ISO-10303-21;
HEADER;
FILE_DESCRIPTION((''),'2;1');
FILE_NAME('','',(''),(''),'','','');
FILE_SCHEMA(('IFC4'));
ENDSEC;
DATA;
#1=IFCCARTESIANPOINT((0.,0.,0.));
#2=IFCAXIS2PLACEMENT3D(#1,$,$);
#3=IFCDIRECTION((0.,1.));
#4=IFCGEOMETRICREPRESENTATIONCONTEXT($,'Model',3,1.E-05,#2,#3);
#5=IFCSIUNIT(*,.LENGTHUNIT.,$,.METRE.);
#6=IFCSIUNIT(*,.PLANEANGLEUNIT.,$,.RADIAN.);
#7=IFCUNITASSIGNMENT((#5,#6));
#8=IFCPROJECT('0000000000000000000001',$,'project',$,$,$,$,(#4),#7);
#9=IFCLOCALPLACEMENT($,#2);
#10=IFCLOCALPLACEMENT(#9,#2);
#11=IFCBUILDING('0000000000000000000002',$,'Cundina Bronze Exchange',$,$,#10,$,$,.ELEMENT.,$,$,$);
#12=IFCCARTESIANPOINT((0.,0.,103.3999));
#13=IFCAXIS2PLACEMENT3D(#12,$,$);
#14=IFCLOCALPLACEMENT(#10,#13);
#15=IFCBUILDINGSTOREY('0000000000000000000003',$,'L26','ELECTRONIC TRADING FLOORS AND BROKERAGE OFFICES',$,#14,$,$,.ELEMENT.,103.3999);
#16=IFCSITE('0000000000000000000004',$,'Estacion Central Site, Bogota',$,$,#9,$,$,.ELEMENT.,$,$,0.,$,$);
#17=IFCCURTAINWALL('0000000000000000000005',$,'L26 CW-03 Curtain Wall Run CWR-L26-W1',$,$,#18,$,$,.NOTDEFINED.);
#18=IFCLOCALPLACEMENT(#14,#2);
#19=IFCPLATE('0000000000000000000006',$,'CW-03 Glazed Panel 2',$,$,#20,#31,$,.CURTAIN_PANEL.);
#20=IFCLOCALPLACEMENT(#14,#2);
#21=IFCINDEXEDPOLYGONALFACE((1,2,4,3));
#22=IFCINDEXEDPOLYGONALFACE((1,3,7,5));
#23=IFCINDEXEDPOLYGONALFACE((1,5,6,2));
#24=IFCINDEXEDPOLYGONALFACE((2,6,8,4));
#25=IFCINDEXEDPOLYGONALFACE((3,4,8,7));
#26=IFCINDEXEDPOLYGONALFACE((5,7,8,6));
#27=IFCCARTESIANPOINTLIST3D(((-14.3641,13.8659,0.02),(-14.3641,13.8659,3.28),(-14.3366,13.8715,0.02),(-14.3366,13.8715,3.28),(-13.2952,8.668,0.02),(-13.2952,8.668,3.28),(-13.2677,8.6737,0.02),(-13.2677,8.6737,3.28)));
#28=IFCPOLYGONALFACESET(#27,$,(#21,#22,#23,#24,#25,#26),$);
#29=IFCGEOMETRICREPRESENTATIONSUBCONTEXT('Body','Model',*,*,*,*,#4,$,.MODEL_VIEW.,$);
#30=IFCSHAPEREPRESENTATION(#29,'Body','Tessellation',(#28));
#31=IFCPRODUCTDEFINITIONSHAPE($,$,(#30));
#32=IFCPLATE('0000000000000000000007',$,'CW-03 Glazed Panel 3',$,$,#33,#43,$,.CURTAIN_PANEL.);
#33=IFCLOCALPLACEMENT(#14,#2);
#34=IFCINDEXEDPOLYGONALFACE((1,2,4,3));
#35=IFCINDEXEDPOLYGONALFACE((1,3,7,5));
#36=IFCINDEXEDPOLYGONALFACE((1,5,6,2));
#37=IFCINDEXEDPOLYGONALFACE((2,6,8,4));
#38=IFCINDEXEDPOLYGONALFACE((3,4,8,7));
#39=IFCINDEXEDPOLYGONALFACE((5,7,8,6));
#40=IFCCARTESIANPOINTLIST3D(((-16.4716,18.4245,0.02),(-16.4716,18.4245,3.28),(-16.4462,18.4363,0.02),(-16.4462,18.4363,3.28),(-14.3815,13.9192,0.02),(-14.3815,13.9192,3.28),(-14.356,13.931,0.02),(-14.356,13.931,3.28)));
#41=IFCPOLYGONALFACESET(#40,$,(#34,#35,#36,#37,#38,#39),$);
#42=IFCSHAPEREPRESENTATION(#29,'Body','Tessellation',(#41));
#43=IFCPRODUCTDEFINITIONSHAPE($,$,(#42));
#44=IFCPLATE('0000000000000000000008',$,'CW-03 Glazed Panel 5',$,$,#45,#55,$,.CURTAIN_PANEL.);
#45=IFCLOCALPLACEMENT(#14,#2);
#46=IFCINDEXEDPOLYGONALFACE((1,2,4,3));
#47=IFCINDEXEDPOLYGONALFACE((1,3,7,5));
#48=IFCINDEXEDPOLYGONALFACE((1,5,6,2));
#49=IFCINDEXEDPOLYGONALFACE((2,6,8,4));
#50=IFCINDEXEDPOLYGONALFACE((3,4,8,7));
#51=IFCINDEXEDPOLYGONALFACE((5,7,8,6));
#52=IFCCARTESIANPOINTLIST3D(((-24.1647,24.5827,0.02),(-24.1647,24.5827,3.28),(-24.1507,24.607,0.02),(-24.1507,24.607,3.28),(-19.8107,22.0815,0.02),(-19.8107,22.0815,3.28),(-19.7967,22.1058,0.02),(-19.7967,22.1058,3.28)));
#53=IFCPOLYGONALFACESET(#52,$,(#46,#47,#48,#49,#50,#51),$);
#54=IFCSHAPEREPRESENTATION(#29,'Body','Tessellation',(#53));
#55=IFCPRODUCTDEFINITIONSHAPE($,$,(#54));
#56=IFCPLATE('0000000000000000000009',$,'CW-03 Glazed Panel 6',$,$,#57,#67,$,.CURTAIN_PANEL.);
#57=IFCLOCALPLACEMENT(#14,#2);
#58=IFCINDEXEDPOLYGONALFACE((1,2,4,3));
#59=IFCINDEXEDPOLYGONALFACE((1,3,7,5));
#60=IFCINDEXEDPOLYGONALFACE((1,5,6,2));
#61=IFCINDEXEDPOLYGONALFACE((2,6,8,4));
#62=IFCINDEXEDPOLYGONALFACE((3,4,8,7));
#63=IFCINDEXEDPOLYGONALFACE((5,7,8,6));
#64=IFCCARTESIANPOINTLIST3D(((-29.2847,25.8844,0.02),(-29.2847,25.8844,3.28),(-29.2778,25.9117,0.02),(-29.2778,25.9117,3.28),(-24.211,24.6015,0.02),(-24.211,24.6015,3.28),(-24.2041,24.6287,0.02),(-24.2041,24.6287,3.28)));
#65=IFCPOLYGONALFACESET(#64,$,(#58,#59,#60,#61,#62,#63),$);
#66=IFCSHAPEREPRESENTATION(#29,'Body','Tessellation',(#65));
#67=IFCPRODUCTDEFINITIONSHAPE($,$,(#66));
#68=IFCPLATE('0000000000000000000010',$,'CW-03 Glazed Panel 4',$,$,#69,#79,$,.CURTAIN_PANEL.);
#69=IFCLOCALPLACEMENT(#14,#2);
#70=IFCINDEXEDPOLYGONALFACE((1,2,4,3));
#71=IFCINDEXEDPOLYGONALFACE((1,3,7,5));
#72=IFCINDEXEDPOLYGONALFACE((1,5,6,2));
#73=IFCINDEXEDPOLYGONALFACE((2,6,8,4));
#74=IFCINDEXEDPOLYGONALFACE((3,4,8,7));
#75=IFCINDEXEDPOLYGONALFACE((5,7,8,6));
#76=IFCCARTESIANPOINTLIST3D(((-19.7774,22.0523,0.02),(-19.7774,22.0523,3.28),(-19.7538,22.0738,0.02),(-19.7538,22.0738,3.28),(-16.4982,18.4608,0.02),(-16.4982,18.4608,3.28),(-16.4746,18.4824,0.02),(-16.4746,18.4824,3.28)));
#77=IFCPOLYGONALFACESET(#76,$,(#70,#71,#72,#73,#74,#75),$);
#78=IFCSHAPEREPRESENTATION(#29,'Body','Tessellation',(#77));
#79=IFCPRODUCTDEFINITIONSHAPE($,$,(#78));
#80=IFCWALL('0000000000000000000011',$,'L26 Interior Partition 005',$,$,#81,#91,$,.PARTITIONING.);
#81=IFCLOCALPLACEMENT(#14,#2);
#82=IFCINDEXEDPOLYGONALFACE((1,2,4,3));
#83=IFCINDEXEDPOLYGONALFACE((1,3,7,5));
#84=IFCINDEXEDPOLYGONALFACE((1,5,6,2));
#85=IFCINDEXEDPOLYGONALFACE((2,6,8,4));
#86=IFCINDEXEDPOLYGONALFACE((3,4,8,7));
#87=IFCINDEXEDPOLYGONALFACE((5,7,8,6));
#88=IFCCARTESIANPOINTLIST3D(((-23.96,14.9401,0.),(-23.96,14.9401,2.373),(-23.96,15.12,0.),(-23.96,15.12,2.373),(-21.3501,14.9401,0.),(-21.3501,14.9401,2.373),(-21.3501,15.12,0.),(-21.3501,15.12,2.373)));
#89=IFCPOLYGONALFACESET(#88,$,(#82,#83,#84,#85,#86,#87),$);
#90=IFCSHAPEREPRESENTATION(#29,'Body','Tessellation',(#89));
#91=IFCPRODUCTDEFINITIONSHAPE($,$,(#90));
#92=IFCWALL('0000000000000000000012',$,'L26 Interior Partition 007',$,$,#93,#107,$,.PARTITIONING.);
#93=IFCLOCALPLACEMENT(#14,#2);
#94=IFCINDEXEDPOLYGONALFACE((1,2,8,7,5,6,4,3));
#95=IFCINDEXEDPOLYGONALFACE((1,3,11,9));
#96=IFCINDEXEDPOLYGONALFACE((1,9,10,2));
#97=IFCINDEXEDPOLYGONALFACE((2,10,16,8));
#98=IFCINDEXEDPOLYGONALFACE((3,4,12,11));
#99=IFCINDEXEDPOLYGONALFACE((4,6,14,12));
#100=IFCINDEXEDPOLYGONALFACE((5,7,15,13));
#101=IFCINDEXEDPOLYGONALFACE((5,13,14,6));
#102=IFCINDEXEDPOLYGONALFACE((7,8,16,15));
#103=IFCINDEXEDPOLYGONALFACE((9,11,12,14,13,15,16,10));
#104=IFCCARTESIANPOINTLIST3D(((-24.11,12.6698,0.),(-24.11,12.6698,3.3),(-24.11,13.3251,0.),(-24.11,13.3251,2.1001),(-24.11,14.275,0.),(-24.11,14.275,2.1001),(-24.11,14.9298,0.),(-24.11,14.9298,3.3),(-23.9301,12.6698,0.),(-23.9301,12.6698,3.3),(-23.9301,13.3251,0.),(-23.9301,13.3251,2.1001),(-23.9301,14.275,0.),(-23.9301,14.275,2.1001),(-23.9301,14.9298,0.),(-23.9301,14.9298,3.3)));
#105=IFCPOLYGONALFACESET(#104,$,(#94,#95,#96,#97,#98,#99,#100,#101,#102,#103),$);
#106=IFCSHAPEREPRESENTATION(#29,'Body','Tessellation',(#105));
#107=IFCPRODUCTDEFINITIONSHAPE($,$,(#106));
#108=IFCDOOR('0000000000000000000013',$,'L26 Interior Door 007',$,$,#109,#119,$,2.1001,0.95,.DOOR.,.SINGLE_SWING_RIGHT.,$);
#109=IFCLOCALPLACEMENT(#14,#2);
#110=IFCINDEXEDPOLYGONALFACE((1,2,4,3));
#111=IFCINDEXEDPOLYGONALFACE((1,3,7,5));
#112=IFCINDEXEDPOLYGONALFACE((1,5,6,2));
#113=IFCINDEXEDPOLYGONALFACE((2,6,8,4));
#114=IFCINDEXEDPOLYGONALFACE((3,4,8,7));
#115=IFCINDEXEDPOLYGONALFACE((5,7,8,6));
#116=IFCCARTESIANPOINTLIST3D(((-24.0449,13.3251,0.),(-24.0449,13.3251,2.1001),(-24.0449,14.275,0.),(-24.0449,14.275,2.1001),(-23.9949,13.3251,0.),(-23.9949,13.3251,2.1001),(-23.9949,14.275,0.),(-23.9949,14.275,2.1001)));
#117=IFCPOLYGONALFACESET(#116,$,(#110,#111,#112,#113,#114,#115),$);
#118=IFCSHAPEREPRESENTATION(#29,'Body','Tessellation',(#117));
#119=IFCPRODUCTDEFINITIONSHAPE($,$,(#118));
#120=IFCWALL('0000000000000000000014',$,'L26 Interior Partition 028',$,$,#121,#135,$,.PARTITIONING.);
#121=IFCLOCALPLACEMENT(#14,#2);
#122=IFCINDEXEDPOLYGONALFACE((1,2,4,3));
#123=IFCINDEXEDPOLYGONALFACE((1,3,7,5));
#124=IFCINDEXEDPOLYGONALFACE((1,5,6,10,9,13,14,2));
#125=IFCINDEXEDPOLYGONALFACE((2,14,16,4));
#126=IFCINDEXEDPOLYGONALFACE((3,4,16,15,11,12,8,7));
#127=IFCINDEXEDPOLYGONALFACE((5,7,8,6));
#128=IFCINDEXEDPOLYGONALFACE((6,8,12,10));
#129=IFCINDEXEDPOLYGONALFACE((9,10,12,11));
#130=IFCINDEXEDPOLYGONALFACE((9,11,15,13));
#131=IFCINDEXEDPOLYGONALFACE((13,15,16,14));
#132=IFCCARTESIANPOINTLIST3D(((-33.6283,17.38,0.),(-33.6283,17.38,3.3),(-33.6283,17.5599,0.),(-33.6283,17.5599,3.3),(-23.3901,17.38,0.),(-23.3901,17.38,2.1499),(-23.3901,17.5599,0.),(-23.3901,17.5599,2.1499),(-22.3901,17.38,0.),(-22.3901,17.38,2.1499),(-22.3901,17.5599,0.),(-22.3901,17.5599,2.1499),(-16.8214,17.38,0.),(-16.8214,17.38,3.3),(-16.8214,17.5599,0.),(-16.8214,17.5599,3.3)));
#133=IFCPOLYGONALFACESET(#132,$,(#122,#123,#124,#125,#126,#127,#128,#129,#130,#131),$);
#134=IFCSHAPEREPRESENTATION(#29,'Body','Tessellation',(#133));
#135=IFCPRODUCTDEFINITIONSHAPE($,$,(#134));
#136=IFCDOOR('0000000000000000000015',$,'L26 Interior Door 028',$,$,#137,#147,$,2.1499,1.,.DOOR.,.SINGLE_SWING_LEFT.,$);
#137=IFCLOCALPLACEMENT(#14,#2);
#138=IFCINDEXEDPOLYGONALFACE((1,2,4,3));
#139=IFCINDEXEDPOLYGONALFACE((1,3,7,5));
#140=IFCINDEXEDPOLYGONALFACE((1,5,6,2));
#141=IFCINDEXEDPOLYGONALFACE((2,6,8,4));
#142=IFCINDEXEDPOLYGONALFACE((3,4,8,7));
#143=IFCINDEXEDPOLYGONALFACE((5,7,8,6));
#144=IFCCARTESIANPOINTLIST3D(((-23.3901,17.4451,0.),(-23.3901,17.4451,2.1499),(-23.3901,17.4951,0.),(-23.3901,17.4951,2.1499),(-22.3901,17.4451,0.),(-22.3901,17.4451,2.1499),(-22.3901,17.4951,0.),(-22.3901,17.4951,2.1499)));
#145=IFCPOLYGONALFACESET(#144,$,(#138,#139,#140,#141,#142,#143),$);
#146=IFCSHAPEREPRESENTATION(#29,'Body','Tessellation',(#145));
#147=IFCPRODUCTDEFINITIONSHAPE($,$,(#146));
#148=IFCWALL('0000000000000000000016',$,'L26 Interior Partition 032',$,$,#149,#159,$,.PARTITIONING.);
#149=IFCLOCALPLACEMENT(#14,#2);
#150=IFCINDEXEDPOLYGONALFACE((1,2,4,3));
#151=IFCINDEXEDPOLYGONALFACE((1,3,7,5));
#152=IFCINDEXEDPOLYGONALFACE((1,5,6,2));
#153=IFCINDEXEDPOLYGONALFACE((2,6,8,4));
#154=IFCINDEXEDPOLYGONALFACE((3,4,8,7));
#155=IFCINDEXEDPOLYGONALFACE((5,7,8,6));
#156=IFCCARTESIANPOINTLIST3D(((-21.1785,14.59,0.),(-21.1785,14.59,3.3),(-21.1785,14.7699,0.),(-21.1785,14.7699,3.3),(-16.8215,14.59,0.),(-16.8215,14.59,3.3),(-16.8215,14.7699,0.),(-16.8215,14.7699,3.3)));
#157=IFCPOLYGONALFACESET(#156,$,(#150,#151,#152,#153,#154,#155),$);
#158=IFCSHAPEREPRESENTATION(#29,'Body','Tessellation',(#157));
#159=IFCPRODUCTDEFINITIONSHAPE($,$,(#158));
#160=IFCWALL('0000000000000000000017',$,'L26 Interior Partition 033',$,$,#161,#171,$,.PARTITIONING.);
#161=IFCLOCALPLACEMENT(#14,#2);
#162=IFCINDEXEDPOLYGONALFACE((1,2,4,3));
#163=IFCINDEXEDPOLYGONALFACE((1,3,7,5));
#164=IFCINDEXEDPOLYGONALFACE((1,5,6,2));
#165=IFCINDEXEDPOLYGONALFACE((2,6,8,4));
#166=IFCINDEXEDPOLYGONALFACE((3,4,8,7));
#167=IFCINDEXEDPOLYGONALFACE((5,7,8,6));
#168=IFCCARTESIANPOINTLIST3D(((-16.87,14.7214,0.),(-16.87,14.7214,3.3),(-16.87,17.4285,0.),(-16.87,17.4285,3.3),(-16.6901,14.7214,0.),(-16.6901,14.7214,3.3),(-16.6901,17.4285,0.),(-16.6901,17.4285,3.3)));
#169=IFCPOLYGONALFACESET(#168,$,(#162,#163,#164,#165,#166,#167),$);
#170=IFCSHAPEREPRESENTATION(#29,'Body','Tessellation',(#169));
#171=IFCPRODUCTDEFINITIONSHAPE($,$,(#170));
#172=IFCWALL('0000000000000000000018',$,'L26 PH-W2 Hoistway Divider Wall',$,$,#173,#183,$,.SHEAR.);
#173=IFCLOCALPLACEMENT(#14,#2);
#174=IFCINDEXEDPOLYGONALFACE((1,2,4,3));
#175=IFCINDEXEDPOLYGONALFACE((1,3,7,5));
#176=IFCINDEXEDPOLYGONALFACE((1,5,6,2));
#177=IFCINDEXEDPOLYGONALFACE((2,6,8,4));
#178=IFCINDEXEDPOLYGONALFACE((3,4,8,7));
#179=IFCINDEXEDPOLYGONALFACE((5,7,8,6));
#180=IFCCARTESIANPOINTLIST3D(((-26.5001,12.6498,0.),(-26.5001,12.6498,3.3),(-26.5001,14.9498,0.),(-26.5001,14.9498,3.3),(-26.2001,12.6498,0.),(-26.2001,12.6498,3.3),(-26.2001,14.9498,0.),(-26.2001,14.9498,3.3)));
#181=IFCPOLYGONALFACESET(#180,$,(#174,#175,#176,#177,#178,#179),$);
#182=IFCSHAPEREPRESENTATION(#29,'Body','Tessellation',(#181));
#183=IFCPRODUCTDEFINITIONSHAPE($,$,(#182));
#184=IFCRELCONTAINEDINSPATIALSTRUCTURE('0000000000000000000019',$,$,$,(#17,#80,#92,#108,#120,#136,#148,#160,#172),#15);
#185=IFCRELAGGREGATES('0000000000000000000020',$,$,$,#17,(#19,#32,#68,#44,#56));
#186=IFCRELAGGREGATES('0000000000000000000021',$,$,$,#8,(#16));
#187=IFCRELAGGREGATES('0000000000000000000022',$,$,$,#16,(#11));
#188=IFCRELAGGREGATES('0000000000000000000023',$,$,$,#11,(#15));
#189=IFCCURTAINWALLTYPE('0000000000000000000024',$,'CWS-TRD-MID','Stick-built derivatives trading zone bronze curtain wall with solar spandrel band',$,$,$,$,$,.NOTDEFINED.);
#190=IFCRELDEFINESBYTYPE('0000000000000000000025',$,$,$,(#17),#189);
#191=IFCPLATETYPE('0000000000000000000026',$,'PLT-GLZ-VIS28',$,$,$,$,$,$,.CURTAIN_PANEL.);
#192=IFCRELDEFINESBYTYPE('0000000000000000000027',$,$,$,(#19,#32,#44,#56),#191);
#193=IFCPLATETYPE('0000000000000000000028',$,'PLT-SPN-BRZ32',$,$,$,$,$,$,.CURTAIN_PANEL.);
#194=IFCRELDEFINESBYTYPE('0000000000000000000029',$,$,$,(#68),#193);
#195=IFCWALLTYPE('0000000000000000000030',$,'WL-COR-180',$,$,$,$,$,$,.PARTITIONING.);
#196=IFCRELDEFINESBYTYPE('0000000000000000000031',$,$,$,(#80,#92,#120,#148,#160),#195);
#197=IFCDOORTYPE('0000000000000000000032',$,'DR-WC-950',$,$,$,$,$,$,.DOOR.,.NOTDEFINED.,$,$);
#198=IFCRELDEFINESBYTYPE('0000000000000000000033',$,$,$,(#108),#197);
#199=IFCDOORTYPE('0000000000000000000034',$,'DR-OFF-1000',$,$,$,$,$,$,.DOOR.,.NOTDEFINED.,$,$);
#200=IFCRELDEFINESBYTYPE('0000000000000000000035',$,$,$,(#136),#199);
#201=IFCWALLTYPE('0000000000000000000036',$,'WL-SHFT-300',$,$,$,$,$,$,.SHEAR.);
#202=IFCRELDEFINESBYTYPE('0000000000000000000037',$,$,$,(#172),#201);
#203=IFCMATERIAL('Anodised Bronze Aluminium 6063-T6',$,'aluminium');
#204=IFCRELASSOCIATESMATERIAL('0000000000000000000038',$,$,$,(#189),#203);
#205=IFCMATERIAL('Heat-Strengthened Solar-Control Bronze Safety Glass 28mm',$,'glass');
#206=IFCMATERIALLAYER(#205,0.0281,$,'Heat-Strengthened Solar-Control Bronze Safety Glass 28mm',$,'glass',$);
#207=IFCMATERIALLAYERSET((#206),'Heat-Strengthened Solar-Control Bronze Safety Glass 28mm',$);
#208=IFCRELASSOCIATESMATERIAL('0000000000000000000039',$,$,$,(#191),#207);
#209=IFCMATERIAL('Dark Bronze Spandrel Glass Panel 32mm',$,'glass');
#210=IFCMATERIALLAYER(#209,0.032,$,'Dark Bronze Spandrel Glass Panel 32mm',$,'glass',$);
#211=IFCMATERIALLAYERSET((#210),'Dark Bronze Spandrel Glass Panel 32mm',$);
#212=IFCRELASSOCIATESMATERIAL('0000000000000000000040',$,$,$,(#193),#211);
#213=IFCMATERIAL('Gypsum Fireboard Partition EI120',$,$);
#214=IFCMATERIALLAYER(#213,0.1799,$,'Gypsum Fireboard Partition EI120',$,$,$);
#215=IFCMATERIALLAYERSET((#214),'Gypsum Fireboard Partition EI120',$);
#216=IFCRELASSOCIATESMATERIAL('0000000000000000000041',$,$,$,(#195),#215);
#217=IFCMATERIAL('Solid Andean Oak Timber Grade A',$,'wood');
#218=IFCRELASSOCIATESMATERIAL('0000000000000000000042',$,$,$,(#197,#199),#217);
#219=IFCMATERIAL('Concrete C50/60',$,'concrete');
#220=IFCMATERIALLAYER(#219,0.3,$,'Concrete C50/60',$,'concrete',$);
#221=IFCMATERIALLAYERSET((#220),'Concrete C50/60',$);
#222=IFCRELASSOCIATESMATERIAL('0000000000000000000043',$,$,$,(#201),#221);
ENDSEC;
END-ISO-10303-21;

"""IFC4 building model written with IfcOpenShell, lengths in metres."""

from ifc_helpers import new_model, si_unit, direction, frame, frame_2d, origin, origin_2d, place, context, subcontext, project, spatial, rectangle, extrude, material, layer, layer_set, type_object, element, fill, aggregate, save


model = new_model("IFC4")

# Units and contexts
model_context = context("Model", 3, precision=1e-05, world=origin(), true_north=direction((0.0, 1.0)))
body_context = subcontext(model_context, "Body", "Model", "MODEL_VIEW")
ifc_project = project(units=[si_unit("LENGTHUNIT", "METRE"), si_unit("PLANEANGLEUNIT", "RADIAN")], contexts=[model_context])

# Site, building, storey
site_placement = place(None, origin())
site = spatial("IfcSite", under=ifc_project, at=site_placement, Name="Estacion Central Site, Bogota", CompositionType="ELEMENT", RefElevation=0.0)
building_placement = place(site_placement, origin())
building = spatial("IfcBuilding", under=site, at=building_placement, Name="Cundina Bronze Exchange", CompositionType="ELEMENT")
storey_placement = place(building_placement, frame((0.0, 0.0, 103.3999)))
storey = spatial("IfcBuildingStorey", under=building, at=storey_placement, Name="L26", Description="ELECTRONIC TRADING FLOORS AND BROKERAGE OFFICES", CompositionType="ELEMENT", Elevation=103.3999)

# Curtain wall, plates
ifc_material_1 = material(Name="Anodised Bronze Aluminium 6063-T6", Category="aluminium")
curtain_wall_type = type_object("IfcCurtainWallType", Name="CWS-TRD-MID", Description="Stick-built derivatives trading zone bronze curtain wall with solar spandrel band", PredefinedType="NOTDEFINED", material=ifc_material_1)
curtain_wall_placement = place(storey_placement, origin())
curtain_wall = element("IfcCurtainWall", 1, at=curtain_wall_placement, inside=storey, type_object=curtain_wall_type, Name="L26 CW-03 Curtain Wall Run CWR-L26-W1", PredefinedType="NOTDEFINED")
ifc_material_2 = material(Name="Heat-Strengthened Solar-Control Bronze Safety Glass 28mm", Category="glass")
ifc_layer_1 = layer(ifc_material_2, 0.0281, Name="Heat-Strengthened Solar-Control Bronze Safety Glass 28mm", Category="glass")
ifc_layer_set_1 = layer_set([ifc_layer_1], Name="Heat-Strengthened Solar-Control Bronze Safety Glass 28mm")
plate_type_1 = type_object("IfcPlateType", Name="PLT-GLZ-VIS28", PredefinedType="CURTAIN_PANEL", material=ifc_layer_set_1)
plate_1_placement = place(storey_placement, frame((-13.8159, 11.2698, 0.02), z_axis=(0.0, 0.0, 1.0), x_axis=(-0.20142, 0.979505, 0.0)))
plate_1 = element("IfcPlate", 2, at=plate_1_placement, type_object=plate_type_1, Name="CW-03 Glazed Panel 2", PredefinedType="CURTAIN_PANEL", context=body_context, shape_type="SweptSolid", body=[
    extrude(rectangle(XDim=5.3066, YDim=0.0281, at=origin_2d()), origin(), (0.0, 0.0, 1.0), 3.26),
])
plate_2_placement = place(storey_placement, frame((-15.4138, 16.1777, 0.02), z_axis=(0.0, 0.0, 1.0), x_axis=(-0.420846, 0.907132, 0.0)))
plate_2 = element("IfcPlate", 3, at=plate_2_placement, type_object=plate_type_1, Name="CW-03 Glazed Panel 3", PredefinedType="CURTAIN_PANEL", context=body_context, shape_type="SweptSolid", body=[
    extrude(rectangle(XDim=4.9666, YDim=0.0281, at=origin_2d()), origin(), (0.0, 0.0, 1.0), 3.26),
])
plate_3_placement = place(storey_placement, frame((-21.9807, 23.3442, 0.02), z_axis=(0.0, 0.0, 1.0), x_axis=(-0.867105, 0.498125, 0.0)))
plate_3 = element("IfcPlate", 4, at=plate_3_placement, type_object=plate_type_1, Name="CW-03 Glazed Panel 5", PredefinedType="CURTAIN_PANEL", context=body_context, shape_type="SweptSolid", body=[
    extrude(rectangle(XDim=5.0212, YDim=0.0281, at=origin_2d()), origin(), (0.0, 0.0, 1.0), 3.26),
])
plate_4_placement = place(storey_placement, frame((-26.7444, 25.2566, 0.02), z_axis=(0.0, 0.0, 1.0), x_axis=(-0.969488, 0.245138, 0.0)))
plate_4 = element("IfcPlate", 5, at=plate_4_placement, type_object=plate_type_1, Name="CW-03 Glazed Panel 6", PredefinedType="CURTAIN_PANEL", context=body_context, shape_type="SweptSolid", body=[
    extrude(rectangle(XDim=5.2334, YDim=0.0281, at=origin_2d()), origin(), (0.0, 0.0, 1.0), 3.26),
])
ifc_material_3 = material(Name="Dark Bronze Spandrel Glass Panel 32mm", Category="glass")
ifc_layer_2 = layer(ifc_material_3, 0.032, Name="Dark Bronze Spandrel Glass Panel 32mm", Category="glass")
ifc_layer_set_2 = layer_set([ifc_layer_2], Name="Dark Bronze Spandrel Glass Panel 32mm")
plate_type_2 = type_object("IfcPlateType", Name="PLT-SPN-BRZ32", PredefinedType="CURTAIN_PANEL", material=ifc_layer_set_2)
plate_5_placement = place(storey_placement, frame((-18.126, 20.2673, 0.02), z_axis=(0.0, 0.0, 1.0), x_axis=(-0.674277, 0.738479, 0.0)))
plate_5 = element("IfcPlate", 6, at=plate_5_placement, type_object=plate_type_2, Name="CW-03 Glazed Panel 4", PredefinedType="CURTAIN_PANEL", context=body_context, shape_type="SweptSolid", body=[
    extrude(rectangle(XDim=4.8633, YDim=0.032, at=origin_2d()), origin(), (0.0, 0.0, 1.0), 3.26),
])
aggregate(curtain_wall, [plate_1, plate_2, plate_5, plate_3, plate_4])

# Wall
ifc_material_4 = material(Name="Gypsum Fireboard Partition EI120")
ifc_layer_3 = layer(ifc_material_4, 0.1799, Name="Gypsum Fireboard Partition EI120")
ifc_layer_set_3 = layer_set([ifc_layer_3], Name="Gypsum Fireboard Partition EI120")
wall_type_1 = type_object("IfcWallType", Name="WL-COR-180", PredefinedType="PARTITIONING", material=ifc_layer_set_3)
wall_1_placement = place(storey_placement, frame((-23.96, 15.03, 0.0), z_axis=(0.0, 0.0, 1.0), x_axis=(1.0, 0.0, 0.0)))
element("IfcWall", 7, at=wall_1_placement, inside=storey, type_object=wall_type_1, Name="L26 Interior Partition 005", PredefinedType="PARTITIONING", context=body_context, shape_type="SweptSolid", body=[
    extrude(rectangle(XDim=2.6099, YDim=0.1799, at=frame_2d((1.3049, 0.0))), origin(), (0.0, 0.0, 1.0), 2.373),
])

# Walls, openings, doors
wall_2_placement = place(storey_placement, frame((-24.02, 12.6699, 0.0), z_axis=(0.0, 0.0, 1.0), x_axis=(0.0, 1.0, 0.0)))
wall_2 = element("IfcWall", 8, at=wall_2_placement, inside=storey, type_object=wall_type_1, Name="L26 Interior Partition 007", PredefinedType="PARTITIONING", context=body_context, shape_type="SweptSolid", body=[
    extrude(rectangle(XDim=2.26, YDim=0.1799, at=frame_2d((1.1299, 0.0))), origin(), (0.0, 0.0, 1.0), 3.3),
])
opening_1_placement = place(wall_2_placement, frame((0.655, 0.0, 0.0)))
opening_1 = element("IfcOpeningElement", 9, at=opening_1_placement, cuts=wall_2, PredefinedType="OPENING", context=body_context, shape_type="SweptSolid", body=[
    extrude(rectangle(XDim=0.95, YDim=2.1001, at=frame_2d((0.4751, 1.05))), frame((0.0, 0.0999, 0.0), z_axis=(0.0, -1.0, 0.0), x_axis=(1.0, 0.0, 0.0)), (0.0, 0.0, 1.0), 0.2),
])
ifc_material_5 = material(Name="Solid Andean Oak Timber Grade A", Category="wood")
door_type_1 = type_object("IfcDoorType", Name="DR-WC-950", OperationType="NOTDEFINED", PredefinedType="DOOR", material=ifc_material_5)
door_1_placement = place(opening_1_placement, origin())
door_1 = element("IfcDoor", 10, at=door_1_placement, inside=storey, type_object=door_type_1, Name="L26 Interior Door 007", OperationType="SINGLE_SWING_RIGHT", OverallHeight=2.1001, OverallWidth=0.95, PredefinedType="DOOR", context=body_context, shape_type="SweptSolid", body=[
    extrude(rectangle(XDim=0.95, YDim=2.1001, at=frame_2d((0.4751, 1.05))), frame((0.0, 0.0249, 0.0), z_axis=(0.0, -1.0, 0.0), x_axis=(1.0, 0.0, 0.0)), (0.0, 0.0, 1.0), 0.05),
])
fill(opening_1, door_1)
wall_3_placement = place(storey_placement, frame((-16.8215, 17.47, 0.0), z_axis=(0.0, 0.0, 1.0), x_axis=(-1.0, 0.0, 0.0)))
wall_3 = element("IfcWall", 11, at=wall_3_placement, inside=storey, type_object=wall_type_1, Name="L26 Interior Partition 028", PredefinedType="PARTITIONING", context=body_context, shape_type="SweptSolid", body=[
    extrude(rectangle(XDim=16.8069, YDim=0.1799, at=frame_2d((8.4033, 0.0))), origin(), (0.0, 0.0, 1.0), 3.3),
])
opening_2_placement = place(wall_3_placement, frame((5.5686, 0.0, 0.0)))
opening_2 = element("IfcOpeningElement", 12, at=opening_2_placement, cuts=wall_3, PredefinedType="OPENING", context=body_context, shape_type="SweptSolid", body=[
    extrude(rectangle(XDim=1.0, YDim=2.1499, at=frame_2d((0.5, 1.075))), frame((0.0, 0.0999, 0.0), z_axis=(0.0, -1.0, 0.0), x_axis=(1.0, 0.0, 0.0)), (0.0, 0.0, 1.0), 0.2),
])
door_type_2 = type_object("IfcDoorType", Name="DR-OFF-1000", OperationType="NOTDEFINED", PredefinedType="DOOR", material=ifc_material_5)
door_2_placement = place(opening_2_placement, origin())
door_2 = element("IfcDoor", 13, at=door_2_placement, inside=storey, type_object=door_type_2, Name="L26 Interior Door 028", OperationType="SINGLE_SWING_LEFT", OverallHeight=2.1499, OverallWidth=1.0, PredefinedType="DOOR", context=body_context, shape_type="SweptSolid", body=[
    extrude(rectangle(XDim=1.0, YDim=2.1499, at=frame_2d((0.5, 1.075))), frame((0.0, 0.0249, 0.0), z_axis=(0.0, -1.0, 0.0), x_axis=(1.0, 0.0, 0.0)), (0.0, 0.0, 1.0), 0.05),
])
fill(opening_2, door_2)

# Walls
wall_4_placement = place(storey_placement, frame((-21.1785, 14.6799, 0.0), z_axis=(0.0, 0.0, 1.0), x_axis=(1.0, 0.0, 0.0)))
element("IfcWall", 14, at=wall_4_placement, inside=storey, type_object=wall_type_1, Name="L26 Interior Partition 032", PredefinedType="PARTITIONING", context=body_context, shape_type="SweptSolid", body=[
    extrude(rectangle(XDim=4.3569, YDim=0.1799, at=frame_2d((2.1785, 0.0))), origin(), (0.0, 0.0, 1.0), 3.3),
])
wall_5_placement = place(storey_placement, frame((-16.78, 14.7214, 0.0), z_axis=(0.0, 0.0, 1.0), x_axis=(0.0, 1.0, 0.0)))
element("IfcWall", 15, at=wall_5_placement, inside=storey, type_object=wall_type_1, Name="L26 Interior Partition 033", PredefinedType="PARTITIONING", context=body_context, shape_type="SweptSolid", body=[
    extrude(rectangle(XDim=2.707, YDim=0.1799, at=frame_2d((1.3535, 0.0))), origin(), (0.0, 0.0, 1.0), 3.3),
])

# Shared definitions
ifc_material_6 = material(Name="Concrete C50/60", Category="concrete")
ifc_layer_4 = layer(ifc_material_6, 0.3, Name="Concrete C50/60", Category="concrete")
ifc_layer_set_4 = layer_set([ifc_layer_4], Name="Concrete C50/60")
wall_type_2 = type_object("IfcWallType", Name="WL-SHFT-300", PredefinedType="SHEAR", material=ifc_layer_set_4)

# Wall
wall_6_placement = place(storey_placement, frame((-26.3501, 12.6499, 0.0), z_axis=(0.0, 0.0, 1.0), x_axis=(0.0, 1.0, 0.0)))
element("IfcWall", 16, at=wall_6_placement, inside=storey, type_object=wall_type_2, Name="L26 PH-W2 Hoistway Divider Wall", PredefinedType="SHEAR", context=body_context, shape_type="SweptSolid", body=[
    extrude(rectangle(XDim=2.3, YDim=0.3, at=frame_2d((1.1499, 0.0))), origin(), (0.0, 0.0, 1.0), 3.3),
])

save(model, "model.ifc")
